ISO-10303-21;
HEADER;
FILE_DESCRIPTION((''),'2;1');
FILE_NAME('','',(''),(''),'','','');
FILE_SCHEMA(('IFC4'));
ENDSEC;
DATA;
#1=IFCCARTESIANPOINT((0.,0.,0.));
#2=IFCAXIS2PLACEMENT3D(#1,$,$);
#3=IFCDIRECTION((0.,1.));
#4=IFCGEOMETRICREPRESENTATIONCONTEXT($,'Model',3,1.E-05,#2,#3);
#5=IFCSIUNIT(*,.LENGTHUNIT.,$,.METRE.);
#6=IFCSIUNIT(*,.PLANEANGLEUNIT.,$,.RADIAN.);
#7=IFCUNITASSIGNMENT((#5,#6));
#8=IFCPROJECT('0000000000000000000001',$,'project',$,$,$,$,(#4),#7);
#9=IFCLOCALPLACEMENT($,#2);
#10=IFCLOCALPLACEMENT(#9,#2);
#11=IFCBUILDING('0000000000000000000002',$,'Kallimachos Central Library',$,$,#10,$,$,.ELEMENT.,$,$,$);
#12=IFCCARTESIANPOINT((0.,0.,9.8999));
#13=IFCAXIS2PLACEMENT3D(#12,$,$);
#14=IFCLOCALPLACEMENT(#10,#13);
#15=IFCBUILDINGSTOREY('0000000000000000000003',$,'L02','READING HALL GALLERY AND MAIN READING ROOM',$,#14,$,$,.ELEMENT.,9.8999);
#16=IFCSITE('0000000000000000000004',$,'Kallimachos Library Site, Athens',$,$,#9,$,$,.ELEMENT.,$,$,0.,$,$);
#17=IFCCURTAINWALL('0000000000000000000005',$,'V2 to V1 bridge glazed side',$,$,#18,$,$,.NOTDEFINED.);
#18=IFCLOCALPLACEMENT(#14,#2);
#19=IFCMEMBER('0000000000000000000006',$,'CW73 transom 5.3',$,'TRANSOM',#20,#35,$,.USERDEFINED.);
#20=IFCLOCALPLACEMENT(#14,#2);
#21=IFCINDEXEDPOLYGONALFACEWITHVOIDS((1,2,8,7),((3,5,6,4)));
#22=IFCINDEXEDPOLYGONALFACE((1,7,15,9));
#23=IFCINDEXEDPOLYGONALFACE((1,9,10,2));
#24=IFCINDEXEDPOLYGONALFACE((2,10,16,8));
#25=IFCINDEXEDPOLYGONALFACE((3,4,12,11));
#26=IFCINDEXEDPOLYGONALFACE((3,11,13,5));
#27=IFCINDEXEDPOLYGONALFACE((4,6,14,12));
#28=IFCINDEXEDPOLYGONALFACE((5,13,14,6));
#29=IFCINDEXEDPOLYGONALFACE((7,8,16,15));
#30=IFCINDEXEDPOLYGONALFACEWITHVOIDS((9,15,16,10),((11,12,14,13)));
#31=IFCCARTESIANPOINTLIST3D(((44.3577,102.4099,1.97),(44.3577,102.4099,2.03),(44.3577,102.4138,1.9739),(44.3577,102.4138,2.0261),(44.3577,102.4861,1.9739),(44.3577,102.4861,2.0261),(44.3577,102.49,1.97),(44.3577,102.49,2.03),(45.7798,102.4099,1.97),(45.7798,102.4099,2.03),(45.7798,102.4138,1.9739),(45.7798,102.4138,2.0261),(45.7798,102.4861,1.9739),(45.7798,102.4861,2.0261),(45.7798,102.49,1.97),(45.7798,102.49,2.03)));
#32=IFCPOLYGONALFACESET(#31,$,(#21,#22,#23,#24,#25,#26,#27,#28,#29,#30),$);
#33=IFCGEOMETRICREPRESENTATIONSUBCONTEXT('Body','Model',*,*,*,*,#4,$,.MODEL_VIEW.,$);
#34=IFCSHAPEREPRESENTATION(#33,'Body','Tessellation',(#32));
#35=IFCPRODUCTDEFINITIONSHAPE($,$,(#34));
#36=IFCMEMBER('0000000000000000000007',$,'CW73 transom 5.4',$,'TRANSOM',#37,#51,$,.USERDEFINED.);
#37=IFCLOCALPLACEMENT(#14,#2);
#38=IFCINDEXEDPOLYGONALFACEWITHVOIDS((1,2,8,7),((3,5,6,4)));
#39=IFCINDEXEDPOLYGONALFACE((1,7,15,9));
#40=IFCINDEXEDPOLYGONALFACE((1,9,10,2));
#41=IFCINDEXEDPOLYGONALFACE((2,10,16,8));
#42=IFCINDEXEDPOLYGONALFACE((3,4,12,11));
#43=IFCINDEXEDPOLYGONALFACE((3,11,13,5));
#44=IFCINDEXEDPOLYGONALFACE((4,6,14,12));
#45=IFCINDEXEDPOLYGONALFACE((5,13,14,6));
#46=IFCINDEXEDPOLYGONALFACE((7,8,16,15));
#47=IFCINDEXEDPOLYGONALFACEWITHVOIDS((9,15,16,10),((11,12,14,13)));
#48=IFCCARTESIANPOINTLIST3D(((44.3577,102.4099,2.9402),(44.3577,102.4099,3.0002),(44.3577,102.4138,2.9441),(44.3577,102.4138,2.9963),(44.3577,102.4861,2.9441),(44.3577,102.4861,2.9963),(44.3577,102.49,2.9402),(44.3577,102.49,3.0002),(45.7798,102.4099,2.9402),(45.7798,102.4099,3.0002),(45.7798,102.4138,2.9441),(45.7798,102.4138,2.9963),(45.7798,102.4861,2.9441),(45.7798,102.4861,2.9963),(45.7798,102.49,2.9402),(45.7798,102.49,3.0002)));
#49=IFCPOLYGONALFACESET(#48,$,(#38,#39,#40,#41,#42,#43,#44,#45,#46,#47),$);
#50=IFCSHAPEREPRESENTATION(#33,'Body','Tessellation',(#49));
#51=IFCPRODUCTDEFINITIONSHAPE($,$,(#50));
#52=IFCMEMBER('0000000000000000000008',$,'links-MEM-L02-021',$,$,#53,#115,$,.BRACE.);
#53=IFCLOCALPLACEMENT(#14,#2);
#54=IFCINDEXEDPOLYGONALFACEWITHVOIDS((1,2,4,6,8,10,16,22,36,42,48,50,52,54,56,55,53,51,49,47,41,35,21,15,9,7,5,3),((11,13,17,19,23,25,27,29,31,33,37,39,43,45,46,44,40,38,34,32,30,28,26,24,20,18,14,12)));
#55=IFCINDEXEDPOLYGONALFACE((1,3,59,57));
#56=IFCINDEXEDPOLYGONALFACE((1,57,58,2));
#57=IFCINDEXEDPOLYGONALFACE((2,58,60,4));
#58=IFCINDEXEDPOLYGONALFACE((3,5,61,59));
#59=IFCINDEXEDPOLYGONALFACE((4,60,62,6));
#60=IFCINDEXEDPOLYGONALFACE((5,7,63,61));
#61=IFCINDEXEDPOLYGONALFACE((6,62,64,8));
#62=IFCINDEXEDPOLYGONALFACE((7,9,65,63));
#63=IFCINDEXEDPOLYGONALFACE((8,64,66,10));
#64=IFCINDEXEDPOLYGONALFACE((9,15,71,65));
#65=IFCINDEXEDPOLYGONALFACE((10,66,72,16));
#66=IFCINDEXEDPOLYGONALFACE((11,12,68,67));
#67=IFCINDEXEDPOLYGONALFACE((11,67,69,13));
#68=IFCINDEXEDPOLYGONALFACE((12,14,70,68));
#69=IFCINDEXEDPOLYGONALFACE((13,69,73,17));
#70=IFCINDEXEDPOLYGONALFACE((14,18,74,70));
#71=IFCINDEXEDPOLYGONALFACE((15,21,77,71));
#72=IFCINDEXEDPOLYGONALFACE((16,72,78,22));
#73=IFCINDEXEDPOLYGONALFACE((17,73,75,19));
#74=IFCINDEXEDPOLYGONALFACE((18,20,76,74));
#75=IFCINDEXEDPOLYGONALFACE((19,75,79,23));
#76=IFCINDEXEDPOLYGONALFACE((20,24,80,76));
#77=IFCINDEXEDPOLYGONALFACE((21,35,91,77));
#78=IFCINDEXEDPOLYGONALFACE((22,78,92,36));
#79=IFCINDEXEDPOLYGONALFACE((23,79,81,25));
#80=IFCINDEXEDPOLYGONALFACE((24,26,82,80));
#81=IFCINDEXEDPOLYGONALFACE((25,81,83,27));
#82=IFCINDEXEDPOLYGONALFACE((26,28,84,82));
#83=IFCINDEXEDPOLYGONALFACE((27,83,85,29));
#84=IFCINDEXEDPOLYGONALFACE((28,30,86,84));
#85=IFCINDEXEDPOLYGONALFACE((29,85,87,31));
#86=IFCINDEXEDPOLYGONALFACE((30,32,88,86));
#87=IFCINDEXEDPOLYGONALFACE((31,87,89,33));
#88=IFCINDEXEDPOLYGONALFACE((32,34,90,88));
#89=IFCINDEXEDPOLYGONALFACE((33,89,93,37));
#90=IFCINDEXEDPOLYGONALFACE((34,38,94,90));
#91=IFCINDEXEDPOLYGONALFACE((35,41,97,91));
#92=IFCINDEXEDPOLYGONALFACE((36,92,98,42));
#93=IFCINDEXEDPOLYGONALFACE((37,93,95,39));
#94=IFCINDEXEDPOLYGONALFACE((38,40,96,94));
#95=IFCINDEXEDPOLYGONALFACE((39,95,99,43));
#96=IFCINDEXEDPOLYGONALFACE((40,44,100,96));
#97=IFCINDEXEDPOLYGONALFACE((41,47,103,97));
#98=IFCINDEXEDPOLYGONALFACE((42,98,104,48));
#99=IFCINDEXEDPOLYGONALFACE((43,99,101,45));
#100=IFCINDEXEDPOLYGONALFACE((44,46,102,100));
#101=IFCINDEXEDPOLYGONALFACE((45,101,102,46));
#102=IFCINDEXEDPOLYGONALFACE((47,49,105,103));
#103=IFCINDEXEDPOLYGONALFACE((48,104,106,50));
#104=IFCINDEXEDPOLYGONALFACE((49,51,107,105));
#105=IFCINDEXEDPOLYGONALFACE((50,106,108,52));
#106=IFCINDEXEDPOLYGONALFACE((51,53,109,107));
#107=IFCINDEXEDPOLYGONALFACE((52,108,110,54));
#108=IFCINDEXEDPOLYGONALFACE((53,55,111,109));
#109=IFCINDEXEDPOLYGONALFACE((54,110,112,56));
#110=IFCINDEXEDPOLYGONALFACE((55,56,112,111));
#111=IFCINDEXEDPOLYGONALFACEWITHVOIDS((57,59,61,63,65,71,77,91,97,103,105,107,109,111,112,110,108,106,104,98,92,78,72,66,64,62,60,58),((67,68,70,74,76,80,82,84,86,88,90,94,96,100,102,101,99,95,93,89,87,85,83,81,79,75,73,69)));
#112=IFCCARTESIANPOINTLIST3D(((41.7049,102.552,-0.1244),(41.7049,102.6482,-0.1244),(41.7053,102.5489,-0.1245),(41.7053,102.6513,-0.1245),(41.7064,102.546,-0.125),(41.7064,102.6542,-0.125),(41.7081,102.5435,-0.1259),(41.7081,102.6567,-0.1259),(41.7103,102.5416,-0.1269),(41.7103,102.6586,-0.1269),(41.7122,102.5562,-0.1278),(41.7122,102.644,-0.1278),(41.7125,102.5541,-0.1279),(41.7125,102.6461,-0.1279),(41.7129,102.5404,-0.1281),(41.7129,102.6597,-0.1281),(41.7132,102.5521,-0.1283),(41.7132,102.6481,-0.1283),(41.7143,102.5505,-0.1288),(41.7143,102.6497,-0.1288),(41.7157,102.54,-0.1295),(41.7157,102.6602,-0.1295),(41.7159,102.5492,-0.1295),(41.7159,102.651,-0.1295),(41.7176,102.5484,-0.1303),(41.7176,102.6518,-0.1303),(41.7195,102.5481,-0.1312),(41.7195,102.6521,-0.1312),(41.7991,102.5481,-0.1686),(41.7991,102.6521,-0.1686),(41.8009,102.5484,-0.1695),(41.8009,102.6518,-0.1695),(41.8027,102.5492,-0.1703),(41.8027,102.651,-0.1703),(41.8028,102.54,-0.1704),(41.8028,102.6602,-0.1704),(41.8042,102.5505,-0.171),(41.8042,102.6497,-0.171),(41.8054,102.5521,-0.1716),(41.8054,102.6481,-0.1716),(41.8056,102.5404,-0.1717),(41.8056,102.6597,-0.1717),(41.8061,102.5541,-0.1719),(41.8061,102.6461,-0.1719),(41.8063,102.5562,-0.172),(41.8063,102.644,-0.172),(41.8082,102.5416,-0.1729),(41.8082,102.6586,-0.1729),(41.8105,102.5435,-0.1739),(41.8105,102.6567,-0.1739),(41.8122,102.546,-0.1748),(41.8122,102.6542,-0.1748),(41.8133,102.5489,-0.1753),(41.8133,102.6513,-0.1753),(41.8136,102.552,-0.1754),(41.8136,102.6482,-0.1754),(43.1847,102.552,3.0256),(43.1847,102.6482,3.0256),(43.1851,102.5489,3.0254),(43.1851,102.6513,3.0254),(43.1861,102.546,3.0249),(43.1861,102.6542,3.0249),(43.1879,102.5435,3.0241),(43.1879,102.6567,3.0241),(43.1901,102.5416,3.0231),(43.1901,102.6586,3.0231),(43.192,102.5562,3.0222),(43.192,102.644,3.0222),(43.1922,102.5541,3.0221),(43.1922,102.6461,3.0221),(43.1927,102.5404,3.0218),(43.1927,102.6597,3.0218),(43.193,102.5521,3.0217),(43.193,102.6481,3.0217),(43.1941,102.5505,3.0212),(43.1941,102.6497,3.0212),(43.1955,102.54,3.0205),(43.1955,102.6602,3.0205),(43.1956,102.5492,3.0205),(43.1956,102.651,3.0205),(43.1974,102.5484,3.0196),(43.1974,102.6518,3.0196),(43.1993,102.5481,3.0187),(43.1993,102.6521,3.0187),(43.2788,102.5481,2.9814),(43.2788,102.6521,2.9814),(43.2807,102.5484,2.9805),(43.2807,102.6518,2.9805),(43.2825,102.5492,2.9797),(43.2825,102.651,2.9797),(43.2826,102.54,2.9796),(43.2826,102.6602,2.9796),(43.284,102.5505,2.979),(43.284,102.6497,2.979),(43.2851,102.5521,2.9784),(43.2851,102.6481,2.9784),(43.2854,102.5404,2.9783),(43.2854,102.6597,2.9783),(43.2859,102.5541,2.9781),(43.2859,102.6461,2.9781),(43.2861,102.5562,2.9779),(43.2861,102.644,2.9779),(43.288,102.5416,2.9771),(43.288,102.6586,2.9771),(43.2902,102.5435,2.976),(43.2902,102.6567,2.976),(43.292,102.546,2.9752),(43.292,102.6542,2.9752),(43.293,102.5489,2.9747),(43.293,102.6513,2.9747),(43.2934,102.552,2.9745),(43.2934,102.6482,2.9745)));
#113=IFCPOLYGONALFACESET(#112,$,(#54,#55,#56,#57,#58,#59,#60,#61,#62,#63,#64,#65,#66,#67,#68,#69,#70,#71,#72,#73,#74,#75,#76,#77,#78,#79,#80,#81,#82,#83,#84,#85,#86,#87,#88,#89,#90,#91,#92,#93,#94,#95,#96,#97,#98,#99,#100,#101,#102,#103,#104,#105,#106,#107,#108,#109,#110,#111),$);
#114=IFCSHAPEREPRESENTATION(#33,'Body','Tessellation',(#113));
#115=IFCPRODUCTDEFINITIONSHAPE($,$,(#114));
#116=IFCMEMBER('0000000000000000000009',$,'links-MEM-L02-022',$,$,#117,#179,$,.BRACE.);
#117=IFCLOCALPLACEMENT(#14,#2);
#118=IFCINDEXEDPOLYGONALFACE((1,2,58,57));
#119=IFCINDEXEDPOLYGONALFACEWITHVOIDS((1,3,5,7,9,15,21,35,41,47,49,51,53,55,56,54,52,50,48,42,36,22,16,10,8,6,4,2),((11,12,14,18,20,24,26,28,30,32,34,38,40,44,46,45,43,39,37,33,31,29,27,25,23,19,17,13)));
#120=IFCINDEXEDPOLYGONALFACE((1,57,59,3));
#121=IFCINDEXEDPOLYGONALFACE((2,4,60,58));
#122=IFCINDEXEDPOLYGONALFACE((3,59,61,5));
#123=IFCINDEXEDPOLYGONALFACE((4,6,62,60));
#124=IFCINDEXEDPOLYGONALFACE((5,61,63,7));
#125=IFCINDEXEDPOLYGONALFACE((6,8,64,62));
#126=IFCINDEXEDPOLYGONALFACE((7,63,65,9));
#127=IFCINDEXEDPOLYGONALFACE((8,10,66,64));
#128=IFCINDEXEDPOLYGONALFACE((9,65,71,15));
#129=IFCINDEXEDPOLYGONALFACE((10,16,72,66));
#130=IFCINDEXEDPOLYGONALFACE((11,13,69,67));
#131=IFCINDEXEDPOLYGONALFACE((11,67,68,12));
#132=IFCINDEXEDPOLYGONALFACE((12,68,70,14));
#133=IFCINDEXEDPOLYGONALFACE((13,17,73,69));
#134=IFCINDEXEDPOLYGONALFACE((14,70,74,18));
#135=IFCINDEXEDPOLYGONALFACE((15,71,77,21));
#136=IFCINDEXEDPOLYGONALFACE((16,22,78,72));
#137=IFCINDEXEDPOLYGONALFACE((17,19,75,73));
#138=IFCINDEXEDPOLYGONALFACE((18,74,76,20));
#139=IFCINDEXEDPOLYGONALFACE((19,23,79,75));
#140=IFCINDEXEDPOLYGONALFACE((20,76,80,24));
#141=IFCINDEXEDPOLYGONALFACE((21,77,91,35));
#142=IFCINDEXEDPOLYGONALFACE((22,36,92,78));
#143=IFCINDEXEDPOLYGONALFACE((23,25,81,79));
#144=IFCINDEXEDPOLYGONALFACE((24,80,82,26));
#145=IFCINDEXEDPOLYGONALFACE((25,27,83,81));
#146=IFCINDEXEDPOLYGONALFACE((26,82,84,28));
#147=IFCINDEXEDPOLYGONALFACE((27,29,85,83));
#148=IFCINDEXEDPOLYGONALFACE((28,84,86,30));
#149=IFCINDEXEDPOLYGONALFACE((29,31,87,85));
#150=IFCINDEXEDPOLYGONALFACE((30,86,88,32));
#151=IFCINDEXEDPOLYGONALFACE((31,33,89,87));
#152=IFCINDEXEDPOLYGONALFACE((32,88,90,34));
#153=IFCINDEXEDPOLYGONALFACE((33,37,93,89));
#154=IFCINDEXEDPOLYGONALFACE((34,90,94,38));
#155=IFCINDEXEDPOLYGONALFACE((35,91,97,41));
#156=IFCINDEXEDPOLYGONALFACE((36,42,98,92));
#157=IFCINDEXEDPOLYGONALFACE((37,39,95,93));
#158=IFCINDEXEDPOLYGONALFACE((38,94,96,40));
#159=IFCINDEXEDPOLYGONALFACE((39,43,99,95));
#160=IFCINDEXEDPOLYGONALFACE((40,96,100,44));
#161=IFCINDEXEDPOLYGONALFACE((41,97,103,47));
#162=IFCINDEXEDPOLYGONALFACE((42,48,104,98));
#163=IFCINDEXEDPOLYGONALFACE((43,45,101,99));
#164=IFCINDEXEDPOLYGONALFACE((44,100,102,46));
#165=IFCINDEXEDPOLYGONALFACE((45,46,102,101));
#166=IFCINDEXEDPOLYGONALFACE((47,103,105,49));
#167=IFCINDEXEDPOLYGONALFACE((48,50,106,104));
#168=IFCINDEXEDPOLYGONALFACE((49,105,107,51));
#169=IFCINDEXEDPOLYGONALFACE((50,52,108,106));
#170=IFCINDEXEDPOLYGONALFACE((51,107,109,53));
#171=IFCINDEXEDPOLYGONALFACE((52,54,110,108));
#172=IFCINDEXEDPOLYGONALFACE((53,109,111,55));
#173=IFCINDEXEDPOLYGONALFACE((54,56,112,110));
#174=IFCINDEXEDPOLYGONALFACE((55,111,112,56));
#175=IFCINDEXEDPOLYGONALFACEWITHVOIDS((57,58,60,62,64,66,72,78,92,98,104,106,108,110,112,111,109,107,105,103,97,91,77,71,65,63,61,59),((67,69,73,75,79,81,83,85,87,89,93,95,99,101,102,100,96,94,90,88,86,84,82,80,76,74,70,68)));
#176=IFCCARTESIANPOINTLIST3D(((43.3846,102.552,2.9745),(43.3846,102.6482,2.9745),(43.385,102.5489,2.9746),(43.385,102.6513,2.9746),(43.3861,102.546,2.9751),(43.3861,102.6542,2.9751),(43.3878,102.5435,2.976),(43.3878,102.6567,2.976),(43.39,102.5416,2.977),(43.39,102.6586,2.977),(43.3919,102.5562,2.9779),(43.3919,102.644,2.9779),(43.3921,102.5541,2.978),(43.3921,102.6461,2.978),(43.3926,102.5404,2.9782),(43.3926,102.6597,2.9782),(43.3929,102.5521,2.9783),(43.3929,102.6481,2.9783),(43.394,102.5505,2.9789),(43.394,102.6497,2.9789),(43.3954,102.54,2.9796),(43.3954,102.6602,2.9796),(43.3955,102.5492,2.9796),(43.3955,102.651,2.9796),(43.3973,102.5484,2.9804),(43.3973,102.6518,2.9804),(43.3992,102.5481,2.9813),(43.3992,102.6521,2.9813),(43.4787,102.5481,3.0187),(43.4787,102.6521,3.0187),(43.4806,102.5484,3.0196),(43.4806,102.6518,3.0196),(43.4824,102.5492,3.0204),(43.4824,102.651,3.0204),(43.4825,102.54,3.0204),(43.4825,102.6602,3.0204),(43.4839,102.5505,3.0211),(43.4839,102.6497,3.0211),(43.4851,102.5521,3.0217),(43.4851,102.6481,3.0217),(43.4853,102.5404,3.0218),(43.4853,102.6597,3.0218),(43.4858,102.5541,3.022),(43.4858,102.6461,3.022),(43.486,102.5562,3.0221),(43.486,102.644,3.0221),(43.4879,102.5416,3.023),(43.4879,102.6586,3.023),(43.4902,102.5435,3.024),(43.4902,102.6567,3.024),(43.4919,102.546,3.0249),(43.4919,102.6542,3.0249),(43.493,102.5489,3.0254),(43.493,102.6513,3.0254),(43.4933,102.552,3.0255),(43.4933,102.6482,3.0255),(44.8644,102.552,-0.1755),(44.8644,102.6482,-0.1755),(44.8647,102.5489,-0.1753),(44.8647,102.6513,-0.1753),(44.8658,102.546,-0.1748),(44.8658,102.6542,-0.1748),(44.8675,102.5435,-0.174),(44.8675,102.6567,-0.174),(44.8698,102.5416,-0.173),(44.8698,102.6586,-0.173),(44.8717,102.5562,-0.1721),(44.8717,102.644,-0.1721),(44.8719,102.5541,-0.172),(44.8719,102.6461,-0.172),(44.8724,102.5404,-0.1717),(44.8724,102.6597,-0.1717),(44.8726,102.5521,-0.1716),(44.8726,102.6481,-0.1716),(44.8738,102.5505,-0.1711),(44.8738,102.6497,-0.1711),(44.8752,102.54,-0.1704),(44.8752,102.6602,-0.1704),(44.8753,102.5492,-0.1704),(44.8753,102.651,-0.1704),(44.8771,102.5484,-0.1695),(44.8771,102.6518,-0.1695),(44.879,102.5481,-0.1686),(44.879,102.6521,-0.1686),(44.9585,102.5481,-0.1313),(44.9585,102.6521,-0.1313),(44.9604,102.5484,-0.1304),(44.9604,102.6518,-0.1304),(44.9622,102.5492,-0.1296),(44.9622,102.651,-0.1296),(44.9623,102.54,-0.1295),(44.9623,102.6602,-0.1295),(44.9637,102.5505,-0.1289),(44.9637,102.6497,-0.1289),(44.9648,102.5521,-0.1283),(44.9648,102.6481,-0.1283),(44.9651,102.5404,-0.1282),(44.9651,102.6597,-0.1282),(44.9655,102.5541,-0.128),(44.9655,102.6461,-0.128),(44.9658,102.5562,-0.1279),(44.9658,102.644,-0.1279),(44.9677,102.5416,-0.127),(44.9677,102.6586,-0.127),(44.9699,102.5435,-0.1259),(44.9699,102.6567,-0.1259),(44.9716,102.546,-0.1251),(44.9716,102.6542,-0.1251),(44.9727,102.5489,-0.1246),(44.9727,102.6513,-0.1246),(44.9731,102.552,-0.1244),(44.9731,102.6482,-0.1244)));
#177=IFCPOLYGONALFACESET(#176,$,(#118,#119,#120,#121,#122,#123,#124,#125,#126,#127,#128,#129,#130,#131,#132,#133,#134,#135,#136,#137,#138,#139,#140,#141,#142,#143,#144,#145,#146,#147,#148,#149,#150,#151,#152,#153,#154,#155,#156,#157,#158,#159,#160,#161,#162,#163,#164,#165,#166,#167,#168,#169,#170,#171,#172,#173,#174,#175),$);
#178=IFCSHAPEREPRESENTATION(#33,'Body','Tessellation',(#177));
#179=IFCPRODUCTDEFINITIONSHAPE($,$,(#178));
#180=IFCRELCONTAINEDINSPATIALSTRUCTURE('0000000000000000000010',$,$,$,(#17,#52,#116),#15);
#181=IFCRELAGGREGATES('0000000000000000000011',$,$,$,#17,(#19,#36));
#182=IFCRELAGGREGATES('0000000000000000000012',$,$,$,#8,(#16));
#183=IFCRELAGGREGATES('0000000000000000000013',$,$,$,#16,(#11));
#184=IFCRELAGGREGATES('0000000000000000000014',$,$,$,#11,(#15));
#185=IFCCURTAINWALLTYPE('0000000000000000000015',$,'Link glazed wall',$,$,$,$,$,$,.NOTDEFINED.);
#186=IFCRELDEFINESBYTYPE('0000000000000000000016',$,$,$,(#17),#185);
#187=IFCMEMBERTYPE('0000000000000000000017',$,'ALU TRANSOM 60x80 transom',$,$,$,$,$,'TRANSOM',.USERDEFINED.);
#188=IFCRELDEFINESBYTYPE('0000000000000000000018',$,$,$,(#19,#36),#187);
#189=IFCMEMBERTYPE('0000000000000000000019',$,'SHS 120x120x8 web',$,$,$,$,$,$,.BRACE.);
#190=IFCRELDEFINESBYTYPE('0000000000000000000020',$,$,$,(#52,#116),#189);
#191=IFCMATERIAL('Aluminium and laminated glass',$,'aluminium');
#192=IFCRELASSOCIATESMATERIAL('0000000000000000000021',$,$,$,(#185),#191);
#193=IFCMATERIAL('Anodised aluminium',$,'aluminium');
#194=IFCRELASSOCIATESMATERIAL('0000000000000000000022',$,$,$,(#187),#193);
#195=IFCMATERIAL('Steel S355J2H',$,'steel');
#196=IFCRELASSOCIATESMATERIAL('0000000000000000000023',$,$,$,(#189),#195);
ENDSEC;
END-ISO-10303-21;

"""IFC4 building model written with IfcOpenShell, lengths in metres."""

from ifc_helpers import new_model, si_unit, direction, frame, origin, origin_2d, place, context, subcontext, project, spatial, hollow_rectangle, extrude, material, material_profile, profile_set, type_object, element, aggregate, save


model = new_model("IFC4")

# Units and contexts
model_context = context("Model", 3, precision=1e-05, world=origin(), true_north=direction((0.0, 1.0)))
body_context = subcontext(model_context, "Body", "Model", "MODEL_VIEW")
ifc_project = project(units=[si_unit("LENGTHUNIT", "METRE"), si_unit("PLANEANGLEUNIT", "RADIAN")], contexts=[model_context])

# Site, building, storey
site_placement = place(None, origin())
site = spatial("IfcSite", under=ifc_project, at=site_placement, Name="Kallimachos Library Site, Athens", CompositionType="ELEMENT", RefElevation=0.0)
building_placement = place(site_placement, origin())
building = spatial("IfcBuilding", under=site, at=building_placement, Name="Kallimachos Central Library", CompositionType="ELEMENT")
storey_placement = place(building_placement, frame((0.0, 0.0, 9.8999)))
storey = spatial("IfcBuildingStorey", under=building, at=storey_placement, Name="L02", Description="READING HALL GALLERY AND MAIN READING ROOM", CompositionType="ELEMENT", Elevation=9.8999)

# Curtain wall
ifc_material_1 = material(Name="Aluminium and laminated glass", Category="aluminium")
curtain_wall_type = type_object("IfcCurtainWallType", Name="Link glazed wall", PredefinedType="NOTDEFINED", material=ifc_material_1)
curtain_wall_1_placement = place(storey_placement, origin())
curtain_wall_1 = element("IfcCurtainWall", 1, at=curtain_wall_1_placement, inside=storey, type_object=curtain_wall_type, Name="V2 to V1 bridge glazed side", PredefinedType="NOTDEFINED")
ifc_material_2 = material(Name="Anodised aluminium", Category="aluminium")
ifc_material_profile_1 = material_profile(ifc_material_2, hollow_rectangle(XDim=0.0601, YDim=0.0801, WallThickness=0.0039, at=origin_2d()), Name="ALU TRANSOM 60x80")
ifc_profile_set_1 = profile_set([ifc_material_profile_1], Name="Anodised aluminium")
member_type_1 = type_object("IfcMemberType", Name="ALU TRANSOM 60x80 transom", ElementType="TRANSOM", PredefinedType="USERDEFINED", material=ifc_profile_set_1)

# Members
member_1_placement = place(storey_placement, frame((44.3577, 102.45, 2.0), z_axis=(1.0, 0.0, 0.0), x_axis=(0.0, 0.0, 1.0)))
member_1 = element("IfcMember", 2, at=member_1_placement, type_object=member_type_1, Name="CW73 transom 5.3", ObjectType="TRANSOM", PredefinedType="USERDEFINED", context=body_context, shape_type="SweptSolid", body=[
    extrude(hollow_rectangle(XDim=0.0601, YDim=0.0801, WallThickness=0.0039, at=origin_2d()), origin(), (0.0, 0.0, 1.0), 1.4221),
])
member_2_placement = place(storey_placement, frame((44.3577, 102.45, 2.9702), z_axis=(1.0, 0.0, 0.0), x_axis=(0.0, 0.0, 1.0)))
member_2 = element("IfcMember", 3, at=member_2_placement, type_object=member_type_1, Name="CW73 transom 5.4", ObjectType="TRANSOM", PredefinedType="USERDEFINED", context=body_context, shape_type="SweptSolid", body=[
    extrude(hollow_rectangle(XDim=0.0601, YDim=0.0801, WallThickness=0.0039, at=origin_2d()), origin(), (0.0, 0.0, 1.0), 1.4221),
])

# Members
ifc_material_3 = material(Name="Steel S355J2H", Category="steel")
ifc_material_profile_2 = material_profile(ifc_material_3, hollow_rectangle(XDim=0.1201, YDim=0.1201, WallThickness=0.0081, InnerFilletRadius=0.0081, OuterFilletRadius=0.012, at=origin_2d()), Name="SHS 120x120x8")
ifc_profile_set_2 = profile_set([ifc_material_profile_2], Name="Steel S355J2H")
member_type_2 = type_object("IfcMemberType", Name="SHS 120x120x8 web", PredefinedType="BRACE", material=ifc_profile_set_2)
for number, where, z_axis, x_axis, name in (
    (4, (41.7593, 102.6001, -0.1499), (0.425192, 0.0, 0.905103), (0.0, 1.0, 0.0), "links-MEM-L02-021"),
    (5, (43.439, 102.6001, 3.0), (0.425192, 0.0, -0.905103), (0.0, 1.0, 0.0), "links-MEM-L02-022"),
):
    element("IfcMember", number, at=place(storey_placement, frame(where, z_axis=z_axis, x_axis=x_axis)), inside=storey, type_object=member_type_2, Name=name, PredefinedType="BRACE", context=body_context, shape_type="SweptSolid", body=[
        extrude(hollow_rectangle(XDim=0.1201, YDim=0.1201, WallThickness=0.0081, InnerFilletRadius=0.0081, OuterFilletRadius=0.012, at=origin_2d()), origin(), (0.0, 0.0, 1.0), 3.4802),
    ])

aggregate(curtain_wall_1, [member_1, member_2])

save(model, "model.ifc")
